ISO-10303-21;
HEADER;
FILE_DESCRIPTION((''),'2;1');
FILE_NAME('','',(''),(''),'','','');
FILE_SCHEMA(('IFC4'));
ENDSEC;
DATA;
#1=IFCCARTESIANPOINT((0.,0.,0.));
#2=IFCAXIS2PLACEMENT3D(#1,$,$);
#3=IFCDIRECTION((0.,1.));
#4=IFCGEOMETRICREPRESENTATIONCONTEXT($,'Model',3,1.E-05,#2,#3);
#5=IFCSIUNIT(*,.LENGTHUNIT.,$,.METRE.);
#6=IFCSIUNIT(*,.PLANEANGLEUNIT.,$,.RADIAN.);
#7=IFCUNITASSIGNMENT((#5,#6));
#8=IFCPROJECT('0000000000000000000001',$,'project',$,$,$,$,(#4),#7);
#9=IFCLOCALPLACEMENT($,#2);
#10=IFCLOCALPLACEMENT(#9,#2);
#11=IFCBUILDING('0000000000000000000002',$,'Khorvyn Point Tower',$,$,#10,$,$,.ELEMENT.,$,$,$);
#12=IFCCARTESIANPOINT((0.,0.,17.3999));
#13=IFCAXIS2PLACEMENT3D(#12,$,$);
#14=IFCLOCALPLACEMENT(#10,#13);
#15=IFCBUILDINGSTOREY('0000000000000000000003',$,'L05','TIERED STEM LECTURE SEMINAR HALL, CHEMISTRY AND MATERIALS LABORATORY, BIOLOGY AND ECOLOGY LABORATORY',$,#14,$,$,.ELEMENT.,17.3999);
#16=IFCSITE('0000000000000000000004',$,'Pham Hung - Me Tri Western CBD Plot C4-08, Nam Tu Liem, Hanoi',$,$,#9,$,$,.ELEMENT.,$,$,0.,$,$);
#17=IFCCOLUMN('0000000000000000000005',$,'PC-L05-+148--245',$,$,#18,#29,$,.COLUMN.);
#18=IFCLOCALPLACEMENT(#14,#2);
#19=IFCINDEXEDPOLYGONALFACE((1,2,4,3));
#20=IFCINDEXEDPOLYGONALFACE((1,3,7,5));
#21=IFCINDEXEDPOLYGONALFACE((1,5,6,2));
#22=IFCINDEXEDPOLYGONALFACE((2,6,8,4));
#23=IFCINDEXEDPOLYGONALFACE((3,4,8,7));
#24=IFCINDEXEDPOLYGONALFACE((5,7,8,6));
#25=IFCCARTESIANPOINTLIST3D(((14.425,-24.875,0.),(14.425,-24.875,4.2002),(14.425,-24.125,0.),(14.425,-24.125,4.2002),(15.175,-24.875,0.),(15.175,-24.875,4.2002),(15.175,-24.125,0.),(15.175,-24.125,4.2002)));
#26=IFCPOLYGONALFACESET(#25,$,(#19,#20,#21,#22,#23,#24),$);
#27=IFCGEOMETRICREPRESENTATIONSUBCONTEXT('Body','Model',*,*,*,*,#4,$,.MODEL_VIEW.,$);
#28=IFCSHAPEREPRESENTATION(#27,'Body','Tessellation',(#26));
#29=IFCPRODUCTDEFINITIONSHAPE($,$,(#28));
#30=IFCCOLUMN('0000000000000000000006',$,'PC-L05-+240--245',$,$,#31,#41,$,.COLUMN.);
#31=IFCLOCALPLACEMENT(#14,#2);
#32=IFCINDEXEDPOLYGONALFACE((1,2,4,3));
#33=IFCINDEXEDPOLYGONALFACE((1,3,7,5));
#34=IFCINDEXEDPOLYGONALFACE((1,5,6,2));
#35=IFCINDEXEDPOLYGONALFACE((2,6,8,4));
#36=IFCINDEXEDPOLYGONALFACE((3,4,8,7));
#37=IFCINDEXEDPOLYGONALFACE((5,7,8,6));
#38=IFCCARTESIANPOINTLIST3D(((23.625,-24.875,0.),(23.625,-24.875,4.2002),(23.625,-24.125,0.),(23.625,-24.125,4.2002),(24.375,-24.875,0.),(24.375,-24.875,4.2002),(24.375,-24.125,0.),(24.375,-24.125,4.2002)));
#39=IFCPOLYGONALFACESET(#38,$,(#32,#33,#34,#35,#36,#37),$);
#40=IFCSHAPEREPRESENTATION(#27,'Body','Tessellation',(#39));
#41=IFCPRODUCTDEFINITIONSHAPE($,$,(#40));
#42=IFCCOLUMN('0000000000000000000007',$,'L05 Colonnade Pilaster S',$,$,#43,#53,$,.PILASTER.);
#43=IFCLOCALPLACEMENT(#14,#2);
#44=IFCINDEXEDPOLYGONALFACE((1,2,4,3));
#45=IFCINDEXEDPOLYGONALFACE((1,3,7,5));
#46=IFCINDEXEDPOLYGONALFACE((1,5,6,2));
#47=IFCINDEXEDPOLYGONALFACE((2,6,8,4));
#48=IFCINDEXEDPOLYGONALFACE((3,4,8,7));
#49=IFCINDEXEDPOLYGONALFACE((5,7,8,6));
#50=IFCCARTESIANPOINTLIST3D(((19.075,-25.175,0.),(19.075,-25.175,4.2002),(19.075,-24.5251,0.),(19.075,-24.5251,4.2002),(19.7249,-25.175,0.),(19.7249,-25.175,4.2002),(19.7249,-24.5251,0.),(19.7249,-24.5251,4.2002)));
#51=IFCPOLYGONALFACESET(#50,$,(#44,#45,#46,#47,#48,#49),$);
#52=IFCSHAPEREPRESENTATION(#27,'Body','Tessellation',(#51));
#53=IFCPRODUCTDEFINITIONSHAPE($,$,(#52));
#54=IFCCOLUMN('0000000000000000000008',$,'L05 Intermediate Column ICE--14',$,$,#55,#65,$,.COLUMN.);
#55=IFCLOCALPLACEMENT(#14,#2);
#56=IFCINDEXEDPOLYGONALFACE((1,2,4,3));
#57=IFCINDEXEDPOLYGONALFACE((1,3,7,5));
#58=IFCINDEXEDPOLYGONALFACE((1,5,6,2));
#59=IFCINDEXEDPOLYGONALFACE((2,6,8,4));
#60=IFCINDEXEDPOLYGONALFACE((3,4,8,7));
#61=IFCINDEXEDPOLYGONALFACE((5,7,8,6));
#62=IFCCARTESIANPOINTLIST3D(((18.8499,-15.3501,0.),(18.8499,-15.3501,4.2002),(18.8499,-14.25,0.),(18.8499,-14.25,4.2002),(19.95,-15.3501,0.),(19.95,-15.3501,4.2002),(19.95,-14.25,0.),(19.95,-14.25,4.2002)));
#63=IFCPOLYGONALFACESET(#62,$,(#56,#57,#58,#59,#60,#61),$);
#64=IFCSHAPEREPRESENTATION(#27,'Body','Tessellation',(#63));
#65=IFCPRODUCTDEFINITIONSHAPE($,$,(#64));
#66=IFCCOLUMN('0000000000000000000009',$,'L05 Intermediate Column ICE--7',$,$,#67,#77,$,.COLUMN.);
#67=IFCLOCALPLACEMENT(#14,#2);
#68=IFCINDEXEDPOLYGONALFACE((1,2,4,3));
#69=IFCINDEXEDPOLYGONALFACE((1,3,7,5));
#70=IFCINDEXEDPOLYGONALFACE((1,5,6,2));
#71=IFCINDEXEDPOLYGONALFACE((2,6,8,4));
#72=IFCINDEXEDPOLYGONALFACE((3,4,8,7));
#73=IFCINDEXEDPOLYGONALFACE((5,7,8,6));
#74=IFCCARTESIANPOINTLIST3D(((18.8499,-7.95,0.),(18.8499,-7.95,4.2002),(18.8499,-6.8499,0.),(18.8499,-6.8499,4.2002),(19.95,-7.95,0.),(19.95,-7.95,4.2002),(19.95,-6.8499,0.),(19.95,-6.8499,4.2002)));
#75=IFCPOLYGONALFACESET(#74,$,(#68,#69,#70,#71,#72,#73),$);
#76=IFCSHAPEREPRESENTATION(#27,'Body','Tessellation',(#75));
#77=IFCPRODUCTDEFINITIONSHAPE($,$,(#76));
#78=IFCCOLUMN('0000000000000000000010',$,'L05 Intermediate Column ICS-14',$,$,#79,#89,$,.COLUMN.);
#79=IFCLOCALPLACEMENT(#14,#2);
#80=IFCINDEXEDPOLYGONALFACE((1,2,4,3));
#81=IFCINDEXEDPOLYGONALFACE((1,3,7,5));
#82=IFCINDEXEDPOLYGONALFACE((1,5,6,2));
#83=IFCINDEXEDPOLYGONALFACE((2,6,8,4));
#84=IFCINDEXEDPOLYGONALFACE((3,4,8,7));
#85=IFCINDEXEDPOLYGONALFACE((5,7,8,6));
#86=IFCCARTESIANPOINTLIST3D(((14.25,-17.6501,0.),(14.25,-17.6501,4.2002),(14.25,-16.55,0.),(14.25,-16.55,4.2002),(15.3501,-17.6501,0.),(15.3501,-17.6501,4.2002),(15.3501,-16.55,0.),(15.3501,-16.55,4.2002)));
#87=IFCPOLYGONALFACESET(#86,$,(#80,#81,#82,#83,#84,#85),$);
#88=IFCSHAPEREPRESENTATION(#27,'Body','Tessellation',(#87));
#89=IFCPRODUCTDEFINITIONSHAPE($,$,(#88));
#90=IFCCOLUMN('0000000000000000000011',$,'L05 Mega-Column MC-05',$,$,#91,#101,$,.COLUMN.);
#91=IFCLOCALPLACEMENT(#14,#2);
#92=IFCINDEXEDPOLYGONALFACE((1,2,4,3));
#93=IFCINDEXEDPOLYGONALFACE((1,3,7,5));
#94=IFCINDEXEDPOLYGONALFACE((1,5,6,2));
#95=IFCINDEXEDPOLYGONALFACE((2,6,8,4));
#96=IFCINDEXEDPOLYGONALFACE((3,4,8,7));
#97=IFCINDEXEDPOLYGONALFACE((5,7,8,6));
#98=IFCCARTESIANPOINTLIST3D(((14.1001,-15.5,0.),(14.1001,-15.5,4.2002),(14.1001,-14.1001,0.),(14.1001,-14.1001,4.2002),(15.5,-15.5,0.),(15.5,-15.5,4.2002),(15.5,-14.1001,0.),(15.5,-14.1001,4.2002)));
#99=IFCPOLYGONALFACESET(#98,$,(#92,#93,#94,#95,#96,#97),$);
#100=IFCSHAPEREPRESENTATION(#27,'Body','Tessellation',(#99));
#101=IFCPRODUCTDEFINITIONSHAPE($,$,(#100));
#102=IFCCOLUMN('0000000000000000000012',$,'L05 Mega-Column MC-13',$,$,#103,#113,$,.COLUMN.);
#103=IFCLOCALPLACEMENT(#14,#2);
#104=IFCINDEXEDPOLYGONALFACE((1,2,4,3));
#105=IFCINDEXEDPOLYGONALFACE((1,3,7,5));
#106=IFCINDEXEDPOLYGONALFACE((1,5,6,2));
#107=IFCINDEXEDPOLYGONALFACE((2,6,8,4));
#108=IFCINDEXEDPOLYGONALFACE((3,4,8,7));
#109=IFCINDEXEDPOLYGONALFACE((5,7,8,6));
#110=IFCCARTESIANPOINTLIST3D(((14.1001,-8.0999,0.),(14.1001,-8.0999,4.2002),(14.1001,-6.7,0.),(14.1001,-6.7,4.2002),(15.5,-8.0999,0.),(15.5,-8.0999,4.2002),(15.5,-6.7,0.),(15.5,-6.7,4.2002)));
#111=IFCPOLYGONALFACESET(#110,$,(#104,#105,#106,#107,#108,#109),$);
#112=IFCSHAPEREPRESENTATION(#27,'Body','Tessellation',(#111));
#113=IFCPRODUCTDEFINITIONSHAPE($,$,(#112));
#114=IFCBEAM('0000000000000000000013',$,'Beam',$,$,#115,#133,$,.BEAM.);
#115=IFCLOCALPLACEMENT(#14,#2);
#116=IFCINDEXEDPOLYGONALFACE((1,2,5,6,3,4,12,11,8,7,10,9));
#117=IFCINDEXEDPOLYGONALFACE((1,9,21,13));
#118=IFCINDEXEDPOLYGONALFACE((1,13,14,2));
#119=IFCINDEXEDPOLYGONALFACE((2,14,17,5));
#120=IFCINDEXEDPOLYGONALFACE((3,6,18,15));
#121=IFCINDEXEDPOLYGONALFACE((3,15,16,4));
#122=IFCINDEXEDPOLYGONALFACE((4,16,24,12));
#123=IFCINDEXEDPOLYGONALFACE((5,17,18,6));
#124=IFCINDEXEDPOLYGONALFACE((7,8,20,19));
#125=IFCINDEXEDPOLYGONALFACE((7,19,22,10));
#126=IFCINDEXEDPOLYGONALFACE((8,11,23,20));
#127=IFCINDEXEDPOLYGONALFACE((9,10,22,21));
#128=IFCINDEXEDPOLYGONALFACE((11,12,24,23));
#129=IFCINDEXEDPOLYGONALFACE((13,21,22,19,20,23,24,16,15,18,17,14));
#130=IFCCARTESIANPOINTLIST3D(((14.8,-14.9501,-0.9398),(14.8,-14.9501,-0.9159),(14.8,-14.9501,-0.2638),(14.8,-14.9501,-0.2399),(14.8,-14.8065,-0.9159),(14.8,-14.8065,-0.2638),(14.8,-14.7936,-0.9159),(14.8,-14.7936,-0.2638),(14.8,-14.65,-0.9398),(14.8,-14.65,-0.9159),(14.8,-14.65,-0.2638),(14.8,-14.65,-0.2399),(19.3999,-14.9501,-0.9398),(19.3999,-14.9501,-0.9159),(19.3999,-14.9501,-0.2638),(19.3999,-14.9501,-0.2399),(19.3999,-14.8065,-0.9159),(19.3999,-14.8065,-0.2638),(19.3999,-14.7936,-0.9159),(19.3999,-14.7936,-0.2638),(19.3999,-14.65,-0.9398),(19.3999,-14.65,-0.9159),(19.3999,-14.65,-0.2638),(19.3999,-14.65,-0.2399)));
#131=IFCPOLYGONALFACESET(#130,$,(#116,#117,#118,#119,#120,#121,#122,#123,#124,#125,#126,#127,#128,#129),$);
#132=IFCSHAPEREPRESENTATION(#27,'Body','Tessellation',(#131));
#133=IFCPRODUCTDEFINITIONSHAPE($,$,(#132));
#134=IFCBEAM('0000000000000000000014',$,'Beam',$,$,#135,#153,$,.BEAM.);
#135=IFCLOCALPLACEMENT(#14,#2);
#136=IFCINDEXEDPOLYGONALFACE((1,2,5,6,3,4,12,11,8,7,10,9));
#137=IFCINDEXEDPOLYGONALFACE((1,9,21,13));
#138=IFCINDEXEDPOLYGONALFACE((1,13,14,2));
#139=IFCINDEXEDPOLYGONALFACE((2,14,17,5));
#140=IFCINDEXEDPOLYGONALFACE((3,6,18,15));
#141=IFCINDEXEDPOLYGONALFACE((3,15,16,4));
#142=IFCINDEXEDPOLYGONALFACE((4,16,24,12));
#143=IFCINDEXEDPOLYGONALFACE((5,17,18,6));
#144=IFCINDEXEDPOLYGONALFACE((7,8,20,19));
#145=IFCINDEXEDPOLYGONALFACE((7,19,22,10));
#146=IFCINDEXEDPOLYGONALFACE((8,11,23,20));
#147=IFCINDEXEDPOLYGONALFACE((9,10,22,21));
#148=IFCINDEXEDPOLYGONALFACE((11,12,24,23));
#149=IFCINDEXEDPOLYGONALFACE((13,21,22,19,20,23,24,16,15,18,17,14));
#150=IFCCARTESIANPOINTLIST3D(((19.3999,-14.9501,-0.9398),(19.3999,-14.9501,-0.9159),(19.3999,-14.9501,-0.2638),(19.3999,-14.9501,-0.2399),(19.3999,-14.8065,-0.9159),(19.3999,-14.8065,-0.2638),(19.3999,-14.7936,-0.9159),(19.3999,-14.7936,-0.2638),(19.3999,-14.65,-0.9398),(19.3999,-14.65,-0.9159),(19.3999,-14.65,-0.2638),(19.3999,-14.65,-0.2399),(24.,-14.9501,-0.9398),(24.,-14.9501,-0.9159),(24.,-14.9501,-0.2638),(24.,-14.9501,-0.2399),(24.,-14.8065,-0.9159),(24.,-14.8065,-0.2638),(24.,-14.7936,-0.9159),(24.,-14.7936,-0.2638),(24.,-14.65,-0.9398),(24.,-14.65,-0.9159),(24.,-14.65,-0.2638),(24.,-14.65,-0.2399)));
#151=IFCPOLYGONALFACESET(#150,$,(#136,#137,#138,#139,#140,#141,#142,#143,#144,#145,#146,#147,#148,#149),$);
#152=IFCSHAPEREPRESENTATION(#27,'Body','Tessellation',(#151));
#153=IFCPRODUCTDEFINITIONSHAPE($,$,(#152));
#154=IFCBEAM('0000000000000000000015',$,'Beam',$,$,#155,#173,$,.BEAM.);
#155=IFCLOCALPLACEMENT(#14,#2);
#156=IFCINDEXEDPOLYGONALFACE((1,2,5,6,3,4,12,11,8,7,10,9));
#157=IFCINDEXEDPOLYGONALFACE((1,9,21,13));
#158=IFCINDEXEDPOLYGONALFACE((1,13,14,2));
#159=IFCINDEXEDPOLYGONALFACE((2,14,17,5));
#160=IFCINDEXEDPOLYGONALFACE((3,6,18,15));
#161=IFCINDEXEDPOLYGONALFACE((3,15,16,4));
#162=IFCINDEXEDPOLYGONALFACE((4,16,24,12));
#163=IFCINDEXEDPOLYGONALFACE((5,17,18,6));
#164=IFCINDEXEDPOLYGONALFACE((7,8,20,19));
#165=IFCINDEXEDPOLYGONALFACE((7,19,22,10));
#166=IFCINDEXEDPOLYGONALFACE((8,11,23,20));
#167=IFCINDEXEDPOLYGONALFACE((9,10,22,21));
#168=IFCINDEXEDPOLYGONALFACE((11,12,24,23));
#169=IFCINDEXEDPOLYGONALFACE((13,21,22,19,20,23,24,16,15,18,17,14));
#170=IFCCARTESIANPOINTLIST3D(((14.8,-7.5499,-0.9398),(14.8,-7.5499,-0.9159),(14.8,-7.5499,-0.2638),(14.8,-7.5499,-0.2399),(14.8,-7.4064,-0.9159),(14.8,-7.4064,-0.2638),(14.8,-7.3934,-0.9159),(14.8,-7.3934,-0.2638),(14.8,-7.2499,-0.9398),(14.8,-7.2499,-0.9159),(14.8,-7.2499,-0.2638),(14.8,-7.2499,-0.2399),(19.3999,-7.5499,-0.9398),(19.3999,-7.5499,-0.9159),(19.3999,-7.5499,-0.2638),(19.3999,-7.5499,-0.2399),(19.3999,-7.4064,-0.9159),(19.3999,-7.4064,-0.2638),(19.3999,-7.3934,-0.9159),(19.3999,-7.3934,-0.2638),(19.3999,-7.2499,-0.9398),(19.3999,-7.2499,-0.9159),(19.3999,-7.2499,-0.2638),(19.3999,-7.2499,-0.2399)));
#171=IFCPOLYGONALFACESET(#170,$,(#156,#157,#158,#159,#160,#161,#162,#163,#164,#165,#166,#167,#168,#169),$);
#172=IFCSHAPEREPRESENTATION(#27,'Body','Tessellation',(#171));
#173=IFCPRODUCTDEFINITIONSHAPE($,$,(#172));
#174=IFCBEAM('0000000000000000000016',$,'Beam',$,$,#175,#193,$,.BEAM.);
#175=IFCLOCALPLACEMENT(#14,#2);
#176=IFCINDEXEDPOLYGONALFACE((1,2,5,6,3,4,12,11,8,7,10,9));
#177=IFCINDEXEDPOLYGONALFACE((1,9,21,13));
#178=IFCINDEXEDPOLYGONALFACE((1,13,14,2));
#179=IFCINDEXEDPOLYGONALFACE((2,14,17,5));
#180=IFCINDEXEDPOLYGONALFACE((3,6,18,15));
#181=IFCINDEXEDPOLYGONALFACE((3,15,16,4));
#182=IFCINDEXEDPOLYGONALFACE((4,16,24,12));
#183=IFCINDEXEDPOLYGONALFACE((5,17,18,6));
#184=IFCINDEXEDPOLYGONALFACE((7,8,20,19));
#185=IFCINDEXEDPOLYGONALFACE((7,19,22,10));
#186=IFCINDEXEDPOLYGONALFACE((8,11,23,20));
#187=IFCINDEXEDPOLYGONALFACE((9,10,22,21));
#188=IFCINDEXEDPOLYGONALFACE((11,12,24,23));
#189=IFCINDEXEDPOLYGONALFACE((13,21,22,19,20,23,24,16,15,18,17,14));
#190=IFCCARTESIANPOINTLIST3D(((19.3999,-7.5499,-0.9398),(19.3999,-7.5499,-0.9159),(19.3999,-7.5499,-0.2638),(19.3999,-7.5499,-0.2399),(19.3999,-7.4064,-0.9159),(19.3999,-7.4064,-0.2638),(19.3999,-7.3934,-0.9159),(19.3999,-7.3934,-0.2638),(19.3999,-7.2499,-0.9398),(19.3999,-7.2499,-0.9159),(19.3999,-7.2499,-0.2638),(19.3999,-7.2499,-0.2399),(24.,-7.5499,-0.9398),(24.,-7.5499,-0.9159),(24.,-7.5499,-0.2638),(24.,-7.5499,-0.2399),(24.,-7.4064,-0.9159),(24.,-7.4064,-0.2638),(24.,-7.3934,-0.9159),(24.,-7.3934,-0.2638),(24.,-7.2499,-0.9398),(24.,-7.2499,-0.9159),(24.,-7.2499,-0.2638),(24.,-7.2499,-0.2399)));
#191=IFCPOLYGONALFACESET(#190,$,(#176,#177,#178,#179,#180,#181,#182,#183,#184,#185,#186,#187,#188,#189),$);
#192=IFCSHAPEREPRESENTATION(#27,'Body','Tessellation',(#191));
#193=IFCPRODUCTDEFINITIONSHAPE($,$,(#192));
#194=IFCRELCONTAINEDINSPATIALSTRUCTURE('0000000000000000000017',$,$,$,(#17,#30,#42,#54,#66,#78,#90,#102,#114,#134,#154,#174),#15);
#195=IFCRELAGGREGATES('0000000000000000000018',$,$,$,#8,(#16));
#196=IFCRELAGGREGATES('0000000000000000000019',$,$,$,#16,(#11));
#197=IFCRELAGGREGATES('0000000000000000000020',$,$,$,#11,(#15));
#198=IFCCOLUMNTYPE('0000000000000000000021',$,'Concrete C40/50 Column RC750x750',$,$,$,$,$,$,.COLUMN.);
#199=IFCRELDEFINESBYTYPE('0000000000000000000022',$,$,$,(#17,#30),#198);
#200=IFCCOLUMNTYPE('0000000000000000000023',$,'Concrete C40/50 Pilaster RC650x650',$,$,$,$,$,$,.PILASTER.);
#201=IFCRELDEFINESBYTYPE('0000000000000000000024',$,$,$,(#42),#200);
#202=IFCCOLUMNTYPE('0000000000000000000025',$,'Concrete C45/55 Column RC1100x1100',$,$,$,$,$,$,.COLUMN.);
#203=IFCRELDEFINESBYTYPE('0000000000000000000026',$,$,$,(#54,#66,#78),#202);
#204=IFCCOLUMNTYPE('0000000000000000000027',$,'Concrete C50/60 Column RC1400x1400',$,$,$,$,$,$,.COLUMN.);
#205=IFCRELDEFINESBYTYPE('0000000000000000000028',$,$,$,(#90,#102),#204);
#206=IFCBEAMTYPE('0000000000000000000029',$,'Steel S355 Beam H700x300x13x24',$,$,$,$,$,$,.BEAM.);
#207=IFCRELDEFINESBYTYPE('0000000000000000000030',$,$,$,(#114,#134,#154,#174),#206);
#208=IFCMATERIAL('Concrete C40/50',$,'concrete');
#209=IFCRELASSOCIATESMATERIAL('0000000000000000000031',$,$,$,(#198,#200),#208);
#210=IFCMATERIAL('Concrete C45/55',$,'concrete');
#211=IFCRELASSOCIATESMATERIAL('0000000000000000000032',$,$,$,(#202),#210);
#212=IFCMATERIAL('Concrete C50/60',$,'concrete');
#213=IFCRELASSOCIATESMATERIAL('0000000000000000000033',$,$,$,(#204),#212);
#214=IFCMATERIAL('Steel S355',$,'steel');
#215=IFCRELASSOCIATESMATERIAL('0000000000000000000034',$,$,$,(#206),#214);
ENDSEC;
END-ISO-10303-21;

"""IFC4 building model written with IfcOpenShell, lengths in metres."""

from ifc_helpers import new_model, si_unit, direction, frame, origin, origin_2d, place, context, subcontext, project, spatial, rectangle, i_section, extrude, material, material_profile, profile_set, type_object, element, save


model = new_model("IFC4")

# Units and contexts
model_context = context("Model", 3, precision=1e-05, world=origin(), true_north=direction((0.0, 1.0)))
body_context = subcontext(model_context, "Body", "Model", "MODEL_VIEW")
ifc_project = project(units=[si_unit("LENGTHUNIT", "METRE"), si_unit("PLANEANGLEUNIT", "RADIAN")], contexts=[model_context])

# Site, building, storey
site_placement = place(None, origin())
site = spatial("IfcSite", under=ifc_project, at=site_placement, Name="Pham Hung - Me Tri Western CBD Plot C4-08, Nam Tu Liem, Hanoi", CompositionType="ELEMENT", RefElevation=0.0)
building_placement = place(site_placement, origin())
building = spatial("IfcBuilding", under=site, at=building_placement, Name="Khorvyn Point Tower", CompositionType="ELEMENT")
storey_placement = place(building_placement, frame((0.0, 0.0, 17.3999)))
storey = spatial("IfcBuildingStorey", under=building, at=storey_placement, Name="L05", Description="TIERED STEM LECTURE SEMINAR HALL, CHEMISTRY AND MATERIALS LABORATORY, BIOLOGY AND ECOLOGY LABORATORY", CompositionType="ELEMENT", Elevation=17.3999)

# Columns
ifc_material_1 = material(Name="Concrete C40/50", Category="concrete")
ifc_material_profile_1 = material_profile(ifc_material_1, rectangle(XDim=0.75, YDim=0.75, at=origin_2d()))
ifc_profile_set_1 = profile_set([ifc_material_profile_1], Name="Concrete C40/50 RC750x750")
column_type_1 = type_object("IfcColumnType", Name="Concrete C40/50 Column RC750x750", PredefinedType="COLUMN", material=ifc_profile_set_1)
for number, where, z_axis, x_axis, name in (
    (1, (14.8, -24.5, 0.0), (0.0, 0.0, 1.0), (1.0, 0.0, 0.0), "PC-L05-+148--245"),
    (2, (24.0, -24.5, 0.0), (0.0, 0.0, 1.0), (1.0, 0.0, 0.0), "PC-L05-+240--245"),
):
    element("IfcColumn", number, at=place(storey_placement, frame(where, z_axis=z_axis, x_axis=x_axis)), inside=storey, type_object=column_type_1, Name=name, PredefinedType="COLUMN", context=body_context, shape_type="SweptSolid", body=[
        extrude(rectangle(XDim=0.75, YDim=0.75, at=origin_2d()), origin(), (0.0, 0.0, 1.0), 4.2002),
    ])
ifc_material_profile_2 = material_profile(ifc_material_1, rectangle(XDim=0.6499, YDim=0.6499, at=origin_2d()))
ifc_profile_set_2 = profile_set([ifc_material_profile_2], Name="Concrete C40/50 RC650x650")
column_type_2 = type_object("IfcColumnType", Name="Concrete C40/50 Pilaster RC650x650", PredefinedType="PILASTER", material=ifc_profile_set_2)
column_placement = place(storey_placement, frame((19.3999, -24.8501, 0.0), z_axis=(0.0, 0.0, 1.0), x_axis=(1.0, 0.0, 0.0)))
element("IfcColumn", 3, at=column_placement, inside=storey, type_object=column_type_2, Name="L05 Colonnade Pilaster S", PredefinedType="PILASTER", context=body_context, shape_type="SweptSolid", body=[
    extrude(rectangle(XDim=0.6499, YDim=0.6499, at=origin_2d()), origin(), (0.0, 0.0, 1.0), 4.2002),
])
ifc_material_2 = material(Name="Concrete C45/55", Category="concrete")
ifc_material_profile_3 = material_profile(ifc_material_2, rectangle(XDim=1.1001, YDim=1.1001, at=origin_2d()))
ifc_profile_set_3 = profile_set([ifc_material_profile_3], Name="Concrete C45/55 RC1100x1100")
column_type_3 = type_object("IfcColumnType", Name="Concrete C45/55 Column RC1100x1100", PredefinedType="COLUMN", material=ifc_profile_set_3)
for number, where, z_axis, x_axis, name in (
    (4, (19.3999, -14.8, 0.0), (0.0, 0.0, 1.0), (1.0, 0.0, 0.0), "L05 Intermediate Column ICE--14"),
    (5, (19.3999, -7.3999, 0.0), (0.0, 0.0, 1.0), (1.0, 0.0, 0.0), "L05 Intermediate Column ICE--7"),
    (6, (14.8, -17.1001, 0.0), (0.0, 0.0, 1.0), (1.0, 0.0, 0.0), "L05 Intermediate Column ICS-14"),
):
    element("IfcColumn", number, at=place(storey_placement, frame(where, z_axis=z_axis, x_axis=x_axis)), inside=storey, type_object=column_type_3, Name=name, PredefinedType="COLUMN", context=body_context, shape_type="SweptSolid", body=[
        extrude(rectangle(XDim=1.1001, YDim=1.1001, at=origin_2d()), origin(), (0.0, 0.0, 1.0), 4.2002),
    ])
ifc_material_3 = material(Name="Concrete C50/60", Category="concrete")
ifc_material_profile_4 = material_profile(ifc_material_3, rectangle(XDim=1.3999, YDim=1.3999, at=origin_2d()))
ifc_profile_set_4 = profile_set([ifc_material_profile_4], Name="Concrete C50/60 RC1400x1400")
column_type_4 = type_object("IfcColumnType", Name="Concrete C50/60 Column RC1400x1400", PredefinedType="COLUMN", material=ifc_profile_set_4)
for number, where, z_axis, x_axis, name in (
    (7, (14.8, -14.8, 0.0), (0.0, 0.0, 1.0), (1.0, 0.0, 0.0), "L05 Mega-Column MC-05"),
    (8, (14.8, -7.3999, 0.0), (0.0, 0.0, 1.0), (1.0, 0.0, 0.0), "L05 Mega-Column MC-13"),
):
    element("IfcColumn", number, at=place(storey_placement, frame(where, z_axis=z_axis, x_axis=x_axis)), inside=storey, type_object=column_type_4, Name=name, PredefinedType="COLUMN", context=body_context, shape_type="SweptSolid", body=[
        extrude(rectangle(XDim=1.3999, YDim=1.3999, at=origin_2d()), origin(), (0.0, 0.0, 1.0), 4.2002),
    ])

# Beams
ifc_material_4 = material(Name="Steel S355", Category="steel")
ifc_material_profile_5 = material_profile(ifc_material_4, i_section(OverallWidth=0.3, OverallDepth=0.7, WebThickness=0.0129, FlangeThickness=0.0239, at=origin_2d()))
ifc_profile_set_5 = profile_set([ifc_material_profile_5], Name="Steel S355 H700x300x13x24")
beam_type_1 = type_object("IfcBeamType", Name="Steel S355 Beam H700x300x13x24", PredefinedType="BEAM", material=ifc_profile_set_5)
beam_1_placement = place(storey_placement, frame((14.8, -14.8, -0.5898), z_axis=(1.0, 0.0, 0.0), x_axis=(0.0, 1.0, 0.0)))
element("IfcBeam", 9, at=beam_1_placement, inside=storey, type_object=beam_type_1, Name="Beam", PredefinedType="BEAM", context=body_context, shape_type="SweptSolid", body=[
    extrude(i_section(OverallWidth=0.3, OverallDepth=0.7, WebThickness=0.0129, FlangeThickness=0.0239, at=origin_2d()), origin(), (0.0, 0.0, 1.0), 4.5999),
])
beam_2_placement = place(storey_placement, frame((19.3999, -14.8, -0.5898), z_axis=(1.0, 0.0, 0.0), x_axis=(0.0, 1.0, 0.0)))
element("IfcBeam", 10, at=beam_2_placement, inside=storey, type_object=beam_type_1, Name="Beam", PredefinedType="BEAM", context=body_context, shape_type="SweptSolid", body=[
    extrude(i_section(OverallWidth=0.3, OverallDepth=0.7, WebThickness=0.0129, FlangeThickness=0.0239, at=origin_2d()), origin(), (0.0, 0.0, 1.0), 4.6001),
])
beam_3_placement = place(storey_placement, frame((14.8, -7.3999, -0.5898), z_axis=(1.0, 0.0, 0.0), x_axis=(0.0, 1.0, 0.0)))
element("IfcBeam", 11, at=beam_3_placement, inside=storey, type_object=beam_type_1, Name="Beam", PredefinedType="BEAM", context=body_context, shape_type="SweptSolid", body=[
    extrude(i_section(OverallWidth=0.3, OverallDepth=0.7, WebThickness=0.0129, FlangeThickness=0.0239, at=origin_2d()), origin(), (0.0, 0.0, 1.0), 4.5999),
])
beam_4_placement = place(storey_placement, frame((19.3999, -7.3999, -0.5898), z_axis=(1.0, 0.0, 0.0), x_axis=(0.0, 1.0, 0.0)))
element("IfcBeam", 12, at=beam_4_placement, inside=storey, type_object=beam_type_1, Name="Beam", PredefinedType="BEAM", context=body_context, shape_type="SweptSolid", body=[
    extrude(i_section(OverallWidth=0.3, OverallDepth=0.7, WebThickness=0.0129, FlangeThickness=0.0239, at=origin_2d()), origin(), (0.0, 0.0, 1.0), 4.6001),
])

save(model, "model.ifc")
